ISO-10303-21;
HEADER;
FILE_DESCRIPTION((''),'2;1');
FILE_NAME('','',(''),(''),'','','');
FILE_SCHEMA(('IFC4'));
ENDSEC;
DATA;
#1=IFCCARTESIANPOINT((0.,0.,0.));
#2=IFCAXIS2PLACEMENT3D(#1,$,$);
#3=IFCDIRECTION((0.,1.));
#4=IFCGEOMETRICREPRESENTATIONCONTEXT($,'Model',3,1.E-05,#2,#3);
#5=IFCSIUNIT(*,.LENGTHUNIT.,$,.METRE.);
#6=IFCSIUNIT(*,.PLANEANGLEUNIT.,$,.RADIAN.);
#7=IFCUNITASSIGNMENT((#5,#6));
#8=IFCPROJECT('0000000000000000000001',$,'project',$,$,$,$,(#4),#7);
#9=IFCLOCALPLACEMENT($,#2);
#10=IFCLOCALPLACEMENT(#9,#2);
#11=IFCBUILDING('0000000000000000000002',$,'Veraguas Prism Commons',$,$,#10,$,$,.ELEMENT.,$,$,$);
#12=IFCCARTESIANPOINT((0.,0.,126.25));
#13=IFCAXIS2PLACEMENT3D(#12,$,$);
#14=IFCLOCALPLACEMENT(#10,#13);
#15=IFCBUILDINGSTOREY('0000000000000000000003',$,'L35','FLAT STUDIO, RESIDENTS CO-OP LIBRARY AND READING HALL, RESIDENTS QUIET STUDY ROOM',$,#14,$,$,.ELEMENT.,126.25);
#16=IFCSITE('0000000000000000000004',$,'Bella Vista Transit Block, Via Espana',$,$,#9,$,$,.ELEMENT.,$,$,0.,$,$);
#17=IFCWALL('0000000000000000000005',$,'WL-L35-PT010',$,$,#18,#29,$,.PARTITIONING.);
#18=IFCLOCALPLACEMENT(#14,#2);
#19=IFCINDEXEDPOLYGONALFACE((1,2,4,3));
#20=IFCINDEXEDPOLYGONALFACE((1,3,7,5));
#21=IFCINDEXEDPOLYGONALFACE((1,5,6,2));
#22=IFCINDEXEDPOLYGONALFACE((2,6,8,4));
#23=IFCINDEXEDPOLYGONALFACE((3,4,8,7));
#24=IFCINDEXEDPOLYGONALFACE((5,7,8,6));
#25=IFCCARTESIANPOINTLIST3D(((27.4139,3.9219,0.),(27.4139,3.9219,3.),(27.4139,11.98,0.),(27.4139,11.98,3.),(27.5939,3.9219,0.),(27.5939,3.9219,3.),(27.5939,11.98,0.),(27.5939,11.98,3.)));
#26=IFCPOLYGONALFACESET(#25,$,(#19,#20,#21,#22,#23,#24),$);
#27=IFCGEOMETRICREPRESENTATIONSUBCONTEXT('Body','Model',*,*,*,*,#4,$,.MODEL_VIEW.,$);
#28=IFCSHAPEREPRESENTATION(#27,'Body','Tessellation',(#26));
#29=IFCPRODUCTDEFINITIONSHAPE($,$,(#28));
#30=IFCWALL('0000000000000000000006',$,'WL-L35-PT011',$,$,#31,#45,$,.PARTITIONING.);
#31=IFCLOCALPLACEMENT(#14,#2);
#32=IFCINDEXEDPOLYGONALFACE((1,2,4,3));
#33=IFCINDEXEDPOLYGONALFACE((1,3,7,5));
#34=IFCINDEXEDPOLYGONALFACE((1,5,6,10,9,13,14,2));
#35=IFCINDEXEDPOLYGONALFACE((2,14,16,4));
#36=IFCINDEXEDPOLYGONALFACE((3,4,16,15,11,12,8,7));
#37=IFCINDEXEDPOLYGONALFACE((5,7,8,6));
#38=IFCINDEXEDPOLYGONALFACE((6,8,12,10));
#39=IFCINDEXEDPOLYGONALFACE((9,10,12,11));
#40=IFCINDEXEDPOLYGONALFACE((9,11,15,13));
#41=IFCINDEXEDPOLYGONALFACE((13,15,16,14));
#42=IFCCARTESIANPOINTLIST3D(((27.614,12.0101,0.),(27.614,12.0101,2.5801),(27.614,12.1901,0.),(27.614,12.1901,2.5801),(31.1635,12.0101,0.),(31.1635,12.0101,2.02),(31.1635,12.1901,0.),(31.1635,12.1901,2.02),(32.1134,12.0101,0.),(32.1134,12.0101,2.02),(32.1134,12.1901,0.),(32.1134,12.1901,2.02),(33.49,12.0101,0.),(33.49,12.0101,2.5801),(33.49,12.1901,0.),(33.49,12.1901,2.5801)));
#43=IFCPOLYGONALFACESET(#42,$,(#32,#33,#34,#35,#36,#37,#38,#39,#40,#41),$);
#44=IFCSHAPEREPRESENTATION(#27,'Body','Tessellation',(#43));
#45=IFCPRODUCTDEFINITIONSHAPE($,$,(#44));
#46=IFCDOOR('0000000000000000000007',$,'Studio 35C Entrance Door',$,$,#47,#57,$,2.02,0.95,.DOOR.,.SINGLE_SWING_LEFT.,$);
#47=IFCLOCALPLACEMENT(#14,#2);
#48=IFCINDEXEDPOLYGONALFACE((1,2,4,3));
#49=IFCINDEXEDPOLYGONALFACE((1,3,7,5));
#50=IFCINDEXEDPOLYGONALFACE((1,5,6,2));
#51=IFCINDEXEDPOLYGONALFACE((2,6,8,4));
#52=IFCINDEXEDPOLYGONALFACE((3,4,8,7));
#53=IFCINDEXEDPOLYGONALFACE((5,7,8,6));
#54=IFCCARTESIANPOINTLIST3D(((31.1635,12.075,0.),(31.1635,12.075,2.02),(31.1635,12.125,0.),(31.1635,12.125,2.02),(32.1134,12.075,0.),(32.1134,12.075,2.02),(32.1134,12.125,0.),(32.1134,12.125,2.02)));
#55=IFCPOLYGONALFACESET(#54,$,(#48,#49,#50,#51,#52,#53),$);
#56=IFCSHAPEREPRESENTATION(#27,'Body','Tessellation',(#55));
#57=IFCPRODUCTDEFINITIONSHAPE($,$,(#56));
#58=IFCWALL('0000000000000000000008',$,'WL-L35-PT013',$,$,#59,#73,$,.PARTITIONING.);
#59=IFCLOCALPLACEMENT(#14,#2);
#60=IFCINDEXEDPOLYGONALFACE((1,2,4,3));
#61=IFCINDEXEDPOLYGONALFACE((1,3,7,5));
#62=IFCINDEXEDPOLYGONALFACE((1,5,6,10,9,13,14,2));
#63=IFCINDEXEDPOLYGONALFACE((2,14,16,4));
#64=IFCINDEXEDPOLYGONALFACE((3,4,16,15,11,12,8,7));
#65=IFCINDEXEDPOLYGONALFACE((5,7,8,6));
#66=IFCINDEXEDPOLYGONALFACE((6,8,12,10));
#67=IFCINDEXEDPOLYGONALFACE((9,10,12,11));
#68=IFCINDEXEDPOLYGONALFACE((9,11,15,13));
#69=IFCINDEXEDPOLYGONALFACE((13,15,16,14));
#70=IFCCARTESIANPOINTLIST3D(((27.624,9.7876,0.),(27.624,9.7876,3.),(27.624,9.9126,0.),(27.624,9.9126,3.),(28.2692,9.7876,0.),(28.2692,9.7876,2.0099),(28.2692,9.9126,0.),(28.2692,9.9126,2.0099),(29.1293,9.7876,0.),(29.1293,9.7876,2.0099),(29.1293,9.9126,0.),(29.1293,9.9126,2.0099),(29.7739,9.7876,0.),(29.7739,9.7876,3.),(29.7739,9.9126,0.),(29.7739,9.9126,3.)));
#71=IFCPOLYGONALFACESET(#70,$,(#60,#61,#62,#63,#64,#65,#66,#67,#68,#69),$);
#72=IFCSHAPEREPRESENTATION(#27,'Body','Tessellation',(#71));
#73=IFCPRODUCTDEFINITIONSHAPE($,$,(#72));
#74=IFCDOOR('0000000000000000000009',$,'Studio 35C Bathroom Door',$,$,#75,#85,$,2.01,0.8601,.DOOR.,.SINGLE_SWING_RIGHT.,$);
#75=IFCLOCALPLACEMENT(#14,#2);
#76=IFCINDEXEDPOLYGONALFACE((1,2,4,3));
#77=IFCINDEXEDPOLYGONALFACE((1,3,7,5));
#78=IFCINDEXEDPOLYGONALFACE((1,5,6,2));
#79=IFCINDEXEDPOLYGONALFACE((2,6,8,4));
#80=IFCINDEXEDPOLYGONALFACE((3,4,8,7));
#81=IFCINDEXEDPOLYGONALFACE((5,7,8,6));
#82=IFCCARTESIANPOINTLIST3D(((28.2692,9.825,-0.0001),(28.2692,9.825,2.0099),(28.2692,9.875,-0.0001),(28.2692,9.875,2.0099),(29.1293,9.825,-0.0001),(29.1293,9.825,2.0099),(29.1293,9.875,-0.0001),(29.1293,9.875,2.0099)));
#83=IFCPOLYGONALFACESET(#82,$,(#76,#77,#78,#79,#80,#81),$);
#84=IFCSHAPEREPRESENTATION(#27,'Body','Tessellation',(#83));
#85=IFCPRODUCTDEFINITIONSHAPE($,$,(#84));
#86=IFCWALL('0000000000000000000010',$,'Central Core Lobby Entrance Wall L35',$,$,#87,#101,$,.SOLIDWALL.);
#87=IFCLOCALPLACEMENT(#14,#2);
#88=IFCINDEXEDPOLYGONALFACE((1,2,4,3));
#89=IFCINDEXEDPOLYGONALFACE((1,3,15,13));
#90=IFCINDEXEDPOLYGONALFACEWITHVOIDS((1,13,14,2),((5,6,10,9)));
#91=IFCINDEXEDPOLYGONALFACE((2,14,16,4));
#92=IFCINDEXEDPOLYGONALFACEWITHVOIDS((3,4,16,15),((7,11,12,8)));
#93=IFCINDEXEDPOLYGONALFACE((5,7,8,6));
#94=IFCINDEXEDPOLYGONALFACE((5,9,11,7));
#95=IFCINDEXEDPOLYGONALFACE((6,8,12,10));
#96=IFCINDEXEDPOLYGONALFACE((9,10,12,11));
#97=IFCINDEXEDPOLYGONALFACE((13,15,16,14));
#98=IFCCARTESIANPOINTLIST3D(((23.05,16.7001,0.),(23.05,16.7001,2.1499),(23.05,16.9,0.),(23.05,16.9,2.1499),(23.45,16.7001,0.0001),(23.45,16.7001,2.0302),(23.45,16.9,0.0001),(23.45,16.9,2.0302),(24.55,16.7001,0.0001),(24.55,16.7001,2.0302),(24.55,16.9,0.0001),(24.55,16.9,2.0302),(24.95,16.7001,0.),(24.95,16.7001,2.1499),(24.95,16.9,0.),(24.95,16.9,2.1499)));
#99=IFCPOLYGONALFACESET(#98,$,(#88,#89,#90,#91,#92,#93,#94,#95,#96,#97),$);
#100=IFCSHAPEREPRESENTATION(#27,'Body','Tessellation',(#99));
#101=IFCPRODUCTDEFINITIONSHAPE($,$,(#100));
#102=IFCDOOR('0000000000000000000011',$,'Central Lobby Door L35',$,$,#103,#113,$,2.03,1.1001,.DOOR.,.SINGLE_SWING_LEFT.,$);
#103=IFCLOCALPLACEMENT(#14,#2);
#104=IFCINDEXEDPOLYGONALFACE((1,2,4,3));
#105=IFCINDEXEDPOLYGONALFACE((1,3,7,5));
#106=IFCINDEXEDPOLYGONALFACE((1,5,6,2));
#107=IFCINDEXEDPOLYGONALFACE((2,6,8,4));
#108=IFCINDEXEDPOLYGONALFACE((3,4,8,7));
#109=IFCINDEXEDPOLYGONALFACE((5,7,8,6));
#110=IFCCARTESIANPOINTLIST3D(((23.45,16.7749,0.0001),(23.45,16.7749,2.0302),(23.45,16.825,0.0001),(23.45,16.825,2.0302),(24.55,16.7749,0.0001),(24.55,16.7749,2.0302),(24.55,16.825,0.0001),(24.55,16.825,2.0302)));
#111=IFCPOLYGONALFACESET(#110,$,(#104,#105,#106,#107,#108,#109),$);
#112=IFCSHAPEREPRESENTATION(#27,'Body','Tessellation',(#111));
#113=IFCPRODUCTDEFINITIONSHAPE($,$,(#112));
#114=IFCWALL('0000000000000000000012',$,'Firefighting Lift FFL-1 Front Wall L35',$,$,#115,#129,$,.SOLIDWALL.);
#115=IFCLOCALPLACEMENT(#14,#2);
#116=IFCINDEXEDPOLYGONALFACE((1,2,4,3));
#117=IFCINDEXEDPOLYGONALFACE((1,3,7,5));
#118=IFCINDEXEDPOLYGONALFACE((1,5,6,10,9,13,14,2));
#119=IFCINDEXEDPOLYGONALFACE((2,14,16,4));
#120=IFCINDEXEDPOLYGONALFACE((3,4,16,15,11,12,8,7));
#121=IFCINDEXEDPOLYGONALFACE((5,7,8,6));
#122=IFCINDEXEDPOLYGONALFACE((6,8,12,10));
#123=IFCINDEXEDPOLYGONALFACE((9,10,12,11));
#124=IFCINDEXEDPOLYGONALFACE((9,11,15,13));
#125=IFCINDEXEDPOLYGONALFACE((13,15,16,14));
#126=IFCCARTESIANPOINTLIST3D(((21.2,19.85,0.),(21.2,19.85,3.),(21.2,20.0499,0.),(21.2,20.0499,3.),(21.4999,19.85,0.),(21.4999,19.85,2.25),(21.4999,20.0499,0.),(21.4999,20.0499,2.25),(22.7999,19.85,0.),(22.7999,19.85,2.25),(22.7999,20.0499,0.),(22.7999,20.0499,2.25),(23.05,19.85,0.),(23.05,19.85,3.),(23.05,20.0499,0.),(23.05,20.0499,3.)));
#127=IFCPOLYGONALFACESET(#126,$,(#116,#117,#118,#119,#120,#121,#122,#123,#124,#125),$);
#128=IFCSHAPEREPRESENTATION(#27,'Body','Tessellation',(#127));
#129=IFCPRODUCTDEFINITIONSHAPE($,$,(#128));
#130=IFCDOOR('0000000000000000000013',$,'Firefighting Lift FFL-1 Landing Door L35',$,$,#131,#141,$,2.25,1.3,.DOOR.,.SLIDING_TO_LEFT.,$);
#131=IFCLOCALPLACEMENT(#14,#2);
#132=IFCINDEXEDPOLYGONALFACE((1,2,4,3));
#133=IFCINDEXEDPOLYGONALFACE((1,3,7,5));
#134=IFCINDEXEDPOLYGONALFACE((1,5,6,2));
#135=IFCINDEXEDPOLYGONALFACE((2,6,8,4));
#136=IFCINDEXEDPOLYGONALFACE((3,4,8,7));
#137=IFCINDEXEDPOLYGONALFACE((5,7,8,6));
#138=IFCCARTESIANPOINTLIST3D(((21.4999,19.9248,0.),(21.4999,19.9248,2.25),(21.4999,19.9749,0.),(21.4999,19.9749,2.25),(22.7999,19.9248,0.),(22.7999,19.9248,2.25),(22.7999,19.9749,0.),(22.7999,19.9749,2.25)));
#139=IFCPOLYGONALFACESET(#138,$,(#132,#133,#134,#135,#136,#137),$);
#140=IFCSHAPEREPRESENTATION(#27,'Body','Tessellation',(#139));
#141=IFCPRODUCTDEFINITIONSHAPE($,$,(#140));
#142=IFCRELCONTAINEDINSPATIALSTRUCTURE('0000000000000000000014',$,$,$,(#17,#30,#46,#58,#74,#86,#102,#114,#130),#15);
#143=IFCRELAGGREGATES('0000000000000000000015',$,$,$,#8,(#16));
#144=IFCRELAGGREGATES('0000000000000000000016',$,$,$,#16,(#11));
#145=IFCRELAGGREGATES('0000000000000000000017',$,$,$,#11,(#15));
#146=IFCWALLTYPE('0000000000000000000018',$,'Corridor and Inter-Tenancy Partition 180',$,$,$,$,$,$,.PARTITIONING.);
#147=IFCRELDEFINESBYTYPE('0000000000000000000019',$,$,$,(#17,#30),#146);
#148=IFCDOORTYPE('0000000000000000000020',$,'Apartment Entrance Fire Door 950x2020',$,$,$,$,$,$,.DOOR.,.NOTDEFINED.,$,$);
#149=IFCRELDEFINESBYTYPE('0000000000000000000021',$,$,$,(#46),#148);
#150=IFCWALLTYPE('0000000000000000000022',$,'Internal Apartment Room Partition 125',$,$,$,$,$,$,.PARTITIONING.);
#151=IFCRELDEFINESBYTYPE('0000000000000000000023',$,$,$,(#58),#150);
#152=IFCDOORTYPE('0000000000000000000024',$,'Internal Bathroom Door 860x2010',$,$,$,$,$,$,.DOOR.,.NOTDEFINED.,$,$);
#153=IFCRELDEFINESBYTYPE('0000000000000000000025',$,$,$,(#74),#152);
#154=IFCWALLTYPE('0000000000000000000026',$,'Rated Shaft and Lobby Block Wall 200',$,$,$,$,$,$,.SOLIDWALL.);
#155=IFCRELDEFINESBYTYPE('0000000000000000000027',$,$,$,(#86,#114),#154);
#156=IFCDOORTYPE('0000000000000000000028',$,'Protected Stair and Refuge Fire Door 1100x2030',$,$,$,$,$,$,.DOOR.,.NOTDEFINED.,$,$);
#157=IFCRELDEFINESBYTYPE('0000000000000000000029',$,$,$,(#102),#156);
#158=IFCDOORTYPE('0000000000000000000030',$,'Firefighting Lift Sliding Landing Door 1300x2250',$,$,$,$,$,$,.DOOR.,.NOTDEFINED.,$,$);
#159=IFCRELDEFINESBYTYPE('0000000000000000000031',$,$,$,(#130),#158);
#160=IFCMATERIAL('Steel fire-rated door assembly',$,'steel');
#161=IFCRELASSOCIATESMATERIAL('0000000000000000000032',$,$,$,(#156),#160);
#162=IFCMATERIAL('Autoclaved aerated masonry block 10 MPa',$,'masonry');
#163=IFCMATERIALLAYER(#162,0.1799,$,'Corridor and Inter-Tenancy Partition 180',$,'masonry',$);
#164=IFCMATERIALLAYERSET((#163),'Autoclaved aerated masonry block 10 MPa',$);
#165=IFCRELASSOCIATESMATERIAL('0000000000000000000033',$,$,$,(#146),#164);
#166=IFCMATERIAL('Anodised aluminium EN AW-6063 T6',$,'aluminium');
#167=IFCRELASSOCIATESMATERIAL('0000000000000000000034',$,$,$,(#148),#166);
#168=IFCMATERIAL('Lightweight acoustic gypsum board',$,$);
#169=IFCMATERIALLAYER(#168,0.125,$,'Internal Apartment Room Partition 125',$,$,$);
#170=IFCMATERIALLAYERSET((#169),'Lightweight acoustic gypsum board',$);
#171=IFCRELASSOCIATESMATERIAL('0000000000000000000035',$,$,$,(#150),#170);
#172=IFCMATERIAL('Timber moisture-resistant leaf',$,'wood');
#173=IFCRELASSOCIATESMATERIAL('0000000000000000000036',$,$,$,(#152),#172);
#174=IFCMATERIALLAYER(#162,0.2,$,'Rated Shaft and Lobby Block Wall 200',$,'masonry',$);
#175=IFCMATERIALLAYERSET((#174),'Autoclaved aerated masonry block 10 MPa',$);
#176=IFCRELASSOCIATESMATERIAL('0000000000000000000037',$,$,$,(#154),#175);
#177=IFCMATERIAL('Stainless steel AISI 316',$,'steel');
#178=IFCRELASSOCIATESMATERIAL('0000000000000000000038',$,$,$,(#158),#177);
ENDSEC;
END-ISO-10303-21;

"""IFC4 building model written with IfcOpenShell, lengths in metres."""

from ifc_helpers import new_model, si_unit, direction, frame, frame_2d, origin, place, context, subcontext, project, spatial, rectangle, extrude, source, transform, mapped, material, layer, layer_set, type_object, element, fill, save


model = new_model("IFC4")

# Units and contexts
model_context = context("Model", 3, precision=1e-05, world=origin(), true_north=direction((0.0, 1.0)))
body_context = subcontext(model_context, "Body", "Model", "MODEL_VIEW")
ifc_project = project(units=[si_unit("LENGTHUNIT", "METRE"), si_unit("PLANEANGLEUNIT", "RADIAN")], contexts=[model_context])

# Site, building, storey
site_placement = place(None, origin())
site = spatial("IfcSite", under=ifc_project, at=site_placement, Name="Bella Vista Transit Block, Via Espana", CompositionType="ELEMENT", RefElevation=0.0)
building_placement = place(site_placement, origin())
building = spatial("IfcBuilding", under=site, at=building_placement, Name="Veraguas Prism Commons", CompositionType="ELEMENT")
storey_placement = place(building_placement, frame((0.0, 0.0, 126.25)))
storey = spatial("IfcBuildingStorey", under=building, at=storey_placement, Name="L35", Description="FLAT STUDIO, RESIDENTS CO-OP LIBRARY AND READING HALL, RESIDENTS QUIET STUDY ROOM", CompositionType="ELEMENT", Elevation=126.25)

# Shared definitions
ifc_material_1 = material(Name="Steel fire-rated door assembly", Category="steel")
door_type_1 = type_object("IfcDoorType", Name="Protected Stair and Refuge Fire Door 1100x2030", OperationType="NOTDEFINED", PredefinedType="DOOR", material=ifc_material_1)
shared_shape_1 = source(origin(), body_context, "Body", "SweptSolid", [
    extrude(rectangle(XDim=1.1001, YDim=2.03, at=frame_2d((0.55, 1.0151))), frame((0.0, 0.0249, 0.0), z_axis=(0.0, -1.0, 0.0), x_axis=(1.0, 0.0, 0.0)), (0.0, 0.0, 1.0), 0.05),
])

# Wall
ifc_material_2 = material(Name="Autoclaved aerated masonry block 10 MPa", Category="masonry")
ifc_layer_1 = layer(ifc_material_2, 0.1799, Name="Corridor and Inter-Tenancy Partition 180", Category="masonry")
ifc_layer_set_1 = layer_set([ifc_layer_1], Name="Autoclaved aerated masonry block 10 MPa")
wall_type_1 = type_object("IfcWallType", Name="Corridor and Inter-Tenancy Partition 180", PredefinedType="PARTITIONING", material=ifc_layer_set_1)
wall_1_placement = place(storey_placement, frame((27.5039, 11.98, 0.0), z_axis=(0.0, 0.0, 1.0), x_axis=(0.0, -1.0, 0.0)))
element("IfcWall", 1, at=wall_1_placement, inside=storey, type_object=wall_type_1, Name="WL-L35-PT010", PredefinedType="PARTITIONING", context=body_context, shape_type="SweptSolid", body=[
    extrude(rectangle(XDim=8.0581, YDim=0.1799, at=frame_2d((4.0291, 0.0))), origin(), (0.0, 0.0, 1.0), 3.0),
])

# Walls, openings, doors
wall_2_placement = place(storey_placement, frame((27.614, 12.1001, 0.0), z_axis=(0.0, 0.0, 1.0), x_axis=(1.0, 0.0, 0.0)))
wall_2 = element("IfcWall", 2, at=wall_2_placement, inside=storey, type_object=wall_type_1, Name="WL-L35-PT011", PredefinedType="PARTITIONING", context=body_context, shape_type="SweptSolid", body=[
    extrude(rectangle(XDim=5.876, YDim=0.1799, at=frame_2d((2.938, 0.0))), origin(), (0.0, 0.0, 1.0), 2.5801),
])
opening_1_placement = place(wall_2_placement, frame((3.5493, 0.0, 0.0)))
opening_1 = element("IfcOpeningElement", 3, at=opening_1_placement, cuts=wall_2, PredefinedType="OPENING", context=body_context, shape_type="SweptSolid", body=[
    extrude(rectangle(XDim=0.95, YDim=2.02, at=frame_2d((0.4751, 1.01))), frame((0.0, 0.0999, 0.0), z_axis=(0.0, -1.0, 0.0), x_axis=(1.0, 0.0, 0.0)), (0.0, 0.0, 1.0), 0.2),
])
ifc_material_3 = material(Name="Anodised aluminium EN AW-6063 T6", Category="aluminium")
door_type_2 = type_object("IfcDoorType", Name="Apartment Entrance Fire Door 950x2020", OperationType="NOTDEFINED", PredefinedType="DOOR", material=ifc_material_3)
shared_shape_2 = source(origin(), body_context, "Body", "SweptSolid", [
    extrude(rectangle(XDim=0.95, YDim=2.02, at=frame_2d((0.4751, 1.01))), frame((0.0, 0.0249, 0.0), z_axis=(0.0, -1.0, 0.0), x_axis=(1.0, 0.0, 0.0)), (0.0, 0.0, 1.0), 0.05),
])
door_1_placement = place(opening_1_placement, origin())
door_1 = element("IfcDoor", 4, at=door_1_placement, inside=storey, type_object=door_type_2, Name="Studio 35C Entrance Door", OperationType="SINGLE_SWING_LEFT", OverallHeight=2.02, OverallWidth=0.95, PredefinedType="DOOR", context=body_context, shape_type="MappedRepresentation", body=[
    mapped(shared_shape_2, transform((0.0, 0.0, 0.0), scale=1.0)),
])
fill(opening_1, door_1)
ifc_material_4 = material(Name="Lightweight acoustic gypsum board")
ifc_layer_2 = layer(ifc_material_4, 0.125, Name="Internal Apartment Room Partition 125")
ifc_layer_set_2 = layer_set([ifc_layer_2], Name="Lightweight acoustic gypsum board")
wall_type_2 = type_object("IfcWallType", Name="Internal Apartment Room Partition 125", PredefinedType="PARTITIONING", material=ifc_layer_set_2)
wall_3_placement = place(storey_placement, frame((27.624, 9.8501, 0.0), z_axis=(0.0, 0.0, 1.0), x_axis=(1.0, 0.0, 0.0)))
wall_3 = element("IfcWall", 5, at=wall_3_placement, inside=storey, type_object=wall_type_2, Name="WL-L35-PT013", PredefinedType="PARTITIONING", context=body_context, shape_type="SweptSolid", body=[
    extrude(rectangle(XDim=2.1499, YDim=0.125, at=frame_2d((1.075, 0.0))), origin(), (0.0, 0.0, 1.0), 3.0),
])
opening_2_placement = place(wall_3_placement, frame((0.645, 0.0, 0.0)))
opening_2 = element("IfcOpeningElement", 6, at=opening_2_placement, cuts=wall_3, PredefinedType="OPENING", context=body_context, shape_type="SweptSolid", body=[
    extrude(rectangle(XDim=0.8601, YDim=2.01, at=frame_2d((0.4302, 1.0049))), frame((0.0, 0.0725, 0.0), z_axis=(0.0, -1.0, 0.0), x_axis=(1.0, 0.0, 0.0)), (0.0, 0.0, 1.0), 0.145),
])
ifc_material_5 = material(Name="Timber moisture-resistant leaf", Category="wood")
door_type_3 = type_object("IfcDoorType", Name="Internal Bathroom Door 860x2010", OperationType="NOTDEFINED", PredefinedType="DOOR", material=ifc_material_5)
shared_shape_3 = source(origin(), body_context, "Body", "SweptSolid", [
    extrude(rectangle(XDim=0.8601, YDim=2.01, at=frame_2d((0.4302, 1.0049))), frame((0.0, 0.0249, 0.0), z_axis=(0.0, -1.0, 0.0), x_axis=(1.0, 0.0, 0.0)), (0.0, 0.0, 1.0), 0.05),
])
door_2_placement = place(opening_2_placement, origin())
door_2 = element("IfcDoor", 7, at=door_2_placement, inside=storey, type_object=door_type_3, Name="Studio 35C Bathroom Door", OperationType="SINGLE_SWING_RIGHT", OverallHeight=2.01, OverallWidth=0.8601, PredefinedType="DOOR", context=body_context, shape_type="MappedRepresentation", body=[
    mapped(shared_shape_3, transform((0.0, 0.0, 0.0), scale=1.0)),
])
fill(opening_2, door_2)
ifc_layer_3 = layer(ifc_material_2, 0.2, Name="Rated Shaft and Lobby Block Wall 200", Category="masonry")
ifc_layer_set_3 = layer_set([ifc_layer_3], Name="Autoclaved aerated masonry block 10 MPa")
wall_type_3 = type_object("IfcWallType", Name="Rated Shaft and Lobby Block Wall 200", PredefinedType="SOLIDWALL", material=ifc_layer_set_3)
wall_4_placement = place(storey_placement, frame((23.05, 16.8, 0.0), z_axis=(0.0, 0.0, 1.0), x_axis=(1.0, 0.0, 0.0)))
wall_4 = element("IfcWall", 8, at=wall_4_placement, inside=storey, type_object=wall_type_3, Name="Central Core Lobby Entrance Wall L35", PredefinedType="SOLIDWALL", context=body_context, shape_type="SweptSolid", body=[
    extrude(rectangle(XDim=1.8999, YDim=0.2, at=frame_2d((0.95, 0.0))), origin(), (0.0, 0.0, 1.0), 2.1499),
])
opening_3_placement = place(wall_4_placement, frame((0.3999, 0.0, 0.0)))
opening_3 = element("IfcOpeningElement", 9, at=opening_3_placement, cuts=wall_4, PredefinedType="OPENING", context=body_context, shape_type="SweptSolid", body=[
    extrude(rectangle(XDim=1.1001, YDim=2.03, at=frame_2d((0.55, 1.0151))), frame((0.0, 0.1099, 0.0), z_axis=(0.0, -1.0, 0.0), x_axis=(1.0, 0.0, 0.0)), (0.0, 0.0, 1.0), 0.22),
])
door_3_placement = place(opening_3_placement, origin())
door_3 = element("IfcDoor", 10, at=door_3_placement, inside=storey, type_object=door_type_1, Name="Central Lobby Door L35", OperationType="SINGLE_SWING_LEFT", OverallHeight=2.03, OverallWidth=1.1001, PredefinedType="DOOR", context=body_context, shape_type="MappedRepresentation", body=[
    mapped(shared_shape_1, transform((0.0, 0.0, 0.0), scale=1.0)),
])
fill(opening_3, door_3)
wall_5_placement = place(storey_placement, frame((21.2, 19.95, 0.0), z_axis=(0.0, 0.0, 1.0), x_axis=(1.0, 0.0, 0.0)))
wall_5 = element("IfcWall", 11, at=wall_5_placement, inside=storey, type_object=wall_type_3, Name="Firefighting Lift FFL-1 Front Wall L35", PredefinedType="SOLIDWALL", context=body_context, shape_type="SweptSolid", body=[
    extrude(rectangle(XDim=1.8501, YDim=0.2, at=frame_2d((0.925, 0.0))), origin(), (0.0, 0.0, 1.0), 3.0),
])
opening_4_placement = place(wall_5_placement, frame((0.3, 0.0, 0.0)))
opening_4 = element("IfcOpeningElement", 12, at=opening_4_placement, cuts=wall_5, PredefinedType="OPENING", context=body_context, shape_type="SweptSolid", body=[
    extrude(rectangle(XDim=1.3, YDim=2.25, at=frame_2d((0.6499, 1.125))), frame((0.0, 0.1099, 0.0), z_axis=(0.0, -1.0, 0.0), x_axis=(1.0, 0.0, 0.0)), (0.0, 0.0, 1.0), 0.22),
])
ifc_material_6 = material(Name="Stainless steel AISI 316", Category="steel")
door_type_4 = type_object("IfcDoorType", Name="Firefighting Lift Sliding Landing Door 1300x2250", OperationType="NOTDEFINED", PredefinedType="DOOR", material=ifc_material_6)
shared_shape_4 = source(origin(), body_context, "Body", "SweptSolid", [
    extrude(rectangle(XDim=1.3, YDim=2.25, at=frame_2d((0.6499, 1.125))), frame((0.0, 0.0249, 0.0), z_axis=(0.0, -1.0, 0.0), x_axis=(1.0, 0.0, 0.0)), (0.0, 0.0, 1.0), 0.05),
])
door_4_placement = place(opening_4_placement, origin())
door_4 = element("IfcDoor", 13, at=door_4_placement, inside=storey, type_object=door_type_4, Name="Firefighting Lift FFL-1 Landing Door L35", OperationType="SLIDING_TO_LEFT", OverallHeight=2.25, OverallWidth=1.3, PredefinedType="DOOR", context=body_context, shape_type="MappedRepresentation", body=[
    mapped(shared_shape_4, transform((0.0, 0.0, 0.0), scale=1.0)),
])
fill(opening_4, door_4)

save(model, "model.ifc")
